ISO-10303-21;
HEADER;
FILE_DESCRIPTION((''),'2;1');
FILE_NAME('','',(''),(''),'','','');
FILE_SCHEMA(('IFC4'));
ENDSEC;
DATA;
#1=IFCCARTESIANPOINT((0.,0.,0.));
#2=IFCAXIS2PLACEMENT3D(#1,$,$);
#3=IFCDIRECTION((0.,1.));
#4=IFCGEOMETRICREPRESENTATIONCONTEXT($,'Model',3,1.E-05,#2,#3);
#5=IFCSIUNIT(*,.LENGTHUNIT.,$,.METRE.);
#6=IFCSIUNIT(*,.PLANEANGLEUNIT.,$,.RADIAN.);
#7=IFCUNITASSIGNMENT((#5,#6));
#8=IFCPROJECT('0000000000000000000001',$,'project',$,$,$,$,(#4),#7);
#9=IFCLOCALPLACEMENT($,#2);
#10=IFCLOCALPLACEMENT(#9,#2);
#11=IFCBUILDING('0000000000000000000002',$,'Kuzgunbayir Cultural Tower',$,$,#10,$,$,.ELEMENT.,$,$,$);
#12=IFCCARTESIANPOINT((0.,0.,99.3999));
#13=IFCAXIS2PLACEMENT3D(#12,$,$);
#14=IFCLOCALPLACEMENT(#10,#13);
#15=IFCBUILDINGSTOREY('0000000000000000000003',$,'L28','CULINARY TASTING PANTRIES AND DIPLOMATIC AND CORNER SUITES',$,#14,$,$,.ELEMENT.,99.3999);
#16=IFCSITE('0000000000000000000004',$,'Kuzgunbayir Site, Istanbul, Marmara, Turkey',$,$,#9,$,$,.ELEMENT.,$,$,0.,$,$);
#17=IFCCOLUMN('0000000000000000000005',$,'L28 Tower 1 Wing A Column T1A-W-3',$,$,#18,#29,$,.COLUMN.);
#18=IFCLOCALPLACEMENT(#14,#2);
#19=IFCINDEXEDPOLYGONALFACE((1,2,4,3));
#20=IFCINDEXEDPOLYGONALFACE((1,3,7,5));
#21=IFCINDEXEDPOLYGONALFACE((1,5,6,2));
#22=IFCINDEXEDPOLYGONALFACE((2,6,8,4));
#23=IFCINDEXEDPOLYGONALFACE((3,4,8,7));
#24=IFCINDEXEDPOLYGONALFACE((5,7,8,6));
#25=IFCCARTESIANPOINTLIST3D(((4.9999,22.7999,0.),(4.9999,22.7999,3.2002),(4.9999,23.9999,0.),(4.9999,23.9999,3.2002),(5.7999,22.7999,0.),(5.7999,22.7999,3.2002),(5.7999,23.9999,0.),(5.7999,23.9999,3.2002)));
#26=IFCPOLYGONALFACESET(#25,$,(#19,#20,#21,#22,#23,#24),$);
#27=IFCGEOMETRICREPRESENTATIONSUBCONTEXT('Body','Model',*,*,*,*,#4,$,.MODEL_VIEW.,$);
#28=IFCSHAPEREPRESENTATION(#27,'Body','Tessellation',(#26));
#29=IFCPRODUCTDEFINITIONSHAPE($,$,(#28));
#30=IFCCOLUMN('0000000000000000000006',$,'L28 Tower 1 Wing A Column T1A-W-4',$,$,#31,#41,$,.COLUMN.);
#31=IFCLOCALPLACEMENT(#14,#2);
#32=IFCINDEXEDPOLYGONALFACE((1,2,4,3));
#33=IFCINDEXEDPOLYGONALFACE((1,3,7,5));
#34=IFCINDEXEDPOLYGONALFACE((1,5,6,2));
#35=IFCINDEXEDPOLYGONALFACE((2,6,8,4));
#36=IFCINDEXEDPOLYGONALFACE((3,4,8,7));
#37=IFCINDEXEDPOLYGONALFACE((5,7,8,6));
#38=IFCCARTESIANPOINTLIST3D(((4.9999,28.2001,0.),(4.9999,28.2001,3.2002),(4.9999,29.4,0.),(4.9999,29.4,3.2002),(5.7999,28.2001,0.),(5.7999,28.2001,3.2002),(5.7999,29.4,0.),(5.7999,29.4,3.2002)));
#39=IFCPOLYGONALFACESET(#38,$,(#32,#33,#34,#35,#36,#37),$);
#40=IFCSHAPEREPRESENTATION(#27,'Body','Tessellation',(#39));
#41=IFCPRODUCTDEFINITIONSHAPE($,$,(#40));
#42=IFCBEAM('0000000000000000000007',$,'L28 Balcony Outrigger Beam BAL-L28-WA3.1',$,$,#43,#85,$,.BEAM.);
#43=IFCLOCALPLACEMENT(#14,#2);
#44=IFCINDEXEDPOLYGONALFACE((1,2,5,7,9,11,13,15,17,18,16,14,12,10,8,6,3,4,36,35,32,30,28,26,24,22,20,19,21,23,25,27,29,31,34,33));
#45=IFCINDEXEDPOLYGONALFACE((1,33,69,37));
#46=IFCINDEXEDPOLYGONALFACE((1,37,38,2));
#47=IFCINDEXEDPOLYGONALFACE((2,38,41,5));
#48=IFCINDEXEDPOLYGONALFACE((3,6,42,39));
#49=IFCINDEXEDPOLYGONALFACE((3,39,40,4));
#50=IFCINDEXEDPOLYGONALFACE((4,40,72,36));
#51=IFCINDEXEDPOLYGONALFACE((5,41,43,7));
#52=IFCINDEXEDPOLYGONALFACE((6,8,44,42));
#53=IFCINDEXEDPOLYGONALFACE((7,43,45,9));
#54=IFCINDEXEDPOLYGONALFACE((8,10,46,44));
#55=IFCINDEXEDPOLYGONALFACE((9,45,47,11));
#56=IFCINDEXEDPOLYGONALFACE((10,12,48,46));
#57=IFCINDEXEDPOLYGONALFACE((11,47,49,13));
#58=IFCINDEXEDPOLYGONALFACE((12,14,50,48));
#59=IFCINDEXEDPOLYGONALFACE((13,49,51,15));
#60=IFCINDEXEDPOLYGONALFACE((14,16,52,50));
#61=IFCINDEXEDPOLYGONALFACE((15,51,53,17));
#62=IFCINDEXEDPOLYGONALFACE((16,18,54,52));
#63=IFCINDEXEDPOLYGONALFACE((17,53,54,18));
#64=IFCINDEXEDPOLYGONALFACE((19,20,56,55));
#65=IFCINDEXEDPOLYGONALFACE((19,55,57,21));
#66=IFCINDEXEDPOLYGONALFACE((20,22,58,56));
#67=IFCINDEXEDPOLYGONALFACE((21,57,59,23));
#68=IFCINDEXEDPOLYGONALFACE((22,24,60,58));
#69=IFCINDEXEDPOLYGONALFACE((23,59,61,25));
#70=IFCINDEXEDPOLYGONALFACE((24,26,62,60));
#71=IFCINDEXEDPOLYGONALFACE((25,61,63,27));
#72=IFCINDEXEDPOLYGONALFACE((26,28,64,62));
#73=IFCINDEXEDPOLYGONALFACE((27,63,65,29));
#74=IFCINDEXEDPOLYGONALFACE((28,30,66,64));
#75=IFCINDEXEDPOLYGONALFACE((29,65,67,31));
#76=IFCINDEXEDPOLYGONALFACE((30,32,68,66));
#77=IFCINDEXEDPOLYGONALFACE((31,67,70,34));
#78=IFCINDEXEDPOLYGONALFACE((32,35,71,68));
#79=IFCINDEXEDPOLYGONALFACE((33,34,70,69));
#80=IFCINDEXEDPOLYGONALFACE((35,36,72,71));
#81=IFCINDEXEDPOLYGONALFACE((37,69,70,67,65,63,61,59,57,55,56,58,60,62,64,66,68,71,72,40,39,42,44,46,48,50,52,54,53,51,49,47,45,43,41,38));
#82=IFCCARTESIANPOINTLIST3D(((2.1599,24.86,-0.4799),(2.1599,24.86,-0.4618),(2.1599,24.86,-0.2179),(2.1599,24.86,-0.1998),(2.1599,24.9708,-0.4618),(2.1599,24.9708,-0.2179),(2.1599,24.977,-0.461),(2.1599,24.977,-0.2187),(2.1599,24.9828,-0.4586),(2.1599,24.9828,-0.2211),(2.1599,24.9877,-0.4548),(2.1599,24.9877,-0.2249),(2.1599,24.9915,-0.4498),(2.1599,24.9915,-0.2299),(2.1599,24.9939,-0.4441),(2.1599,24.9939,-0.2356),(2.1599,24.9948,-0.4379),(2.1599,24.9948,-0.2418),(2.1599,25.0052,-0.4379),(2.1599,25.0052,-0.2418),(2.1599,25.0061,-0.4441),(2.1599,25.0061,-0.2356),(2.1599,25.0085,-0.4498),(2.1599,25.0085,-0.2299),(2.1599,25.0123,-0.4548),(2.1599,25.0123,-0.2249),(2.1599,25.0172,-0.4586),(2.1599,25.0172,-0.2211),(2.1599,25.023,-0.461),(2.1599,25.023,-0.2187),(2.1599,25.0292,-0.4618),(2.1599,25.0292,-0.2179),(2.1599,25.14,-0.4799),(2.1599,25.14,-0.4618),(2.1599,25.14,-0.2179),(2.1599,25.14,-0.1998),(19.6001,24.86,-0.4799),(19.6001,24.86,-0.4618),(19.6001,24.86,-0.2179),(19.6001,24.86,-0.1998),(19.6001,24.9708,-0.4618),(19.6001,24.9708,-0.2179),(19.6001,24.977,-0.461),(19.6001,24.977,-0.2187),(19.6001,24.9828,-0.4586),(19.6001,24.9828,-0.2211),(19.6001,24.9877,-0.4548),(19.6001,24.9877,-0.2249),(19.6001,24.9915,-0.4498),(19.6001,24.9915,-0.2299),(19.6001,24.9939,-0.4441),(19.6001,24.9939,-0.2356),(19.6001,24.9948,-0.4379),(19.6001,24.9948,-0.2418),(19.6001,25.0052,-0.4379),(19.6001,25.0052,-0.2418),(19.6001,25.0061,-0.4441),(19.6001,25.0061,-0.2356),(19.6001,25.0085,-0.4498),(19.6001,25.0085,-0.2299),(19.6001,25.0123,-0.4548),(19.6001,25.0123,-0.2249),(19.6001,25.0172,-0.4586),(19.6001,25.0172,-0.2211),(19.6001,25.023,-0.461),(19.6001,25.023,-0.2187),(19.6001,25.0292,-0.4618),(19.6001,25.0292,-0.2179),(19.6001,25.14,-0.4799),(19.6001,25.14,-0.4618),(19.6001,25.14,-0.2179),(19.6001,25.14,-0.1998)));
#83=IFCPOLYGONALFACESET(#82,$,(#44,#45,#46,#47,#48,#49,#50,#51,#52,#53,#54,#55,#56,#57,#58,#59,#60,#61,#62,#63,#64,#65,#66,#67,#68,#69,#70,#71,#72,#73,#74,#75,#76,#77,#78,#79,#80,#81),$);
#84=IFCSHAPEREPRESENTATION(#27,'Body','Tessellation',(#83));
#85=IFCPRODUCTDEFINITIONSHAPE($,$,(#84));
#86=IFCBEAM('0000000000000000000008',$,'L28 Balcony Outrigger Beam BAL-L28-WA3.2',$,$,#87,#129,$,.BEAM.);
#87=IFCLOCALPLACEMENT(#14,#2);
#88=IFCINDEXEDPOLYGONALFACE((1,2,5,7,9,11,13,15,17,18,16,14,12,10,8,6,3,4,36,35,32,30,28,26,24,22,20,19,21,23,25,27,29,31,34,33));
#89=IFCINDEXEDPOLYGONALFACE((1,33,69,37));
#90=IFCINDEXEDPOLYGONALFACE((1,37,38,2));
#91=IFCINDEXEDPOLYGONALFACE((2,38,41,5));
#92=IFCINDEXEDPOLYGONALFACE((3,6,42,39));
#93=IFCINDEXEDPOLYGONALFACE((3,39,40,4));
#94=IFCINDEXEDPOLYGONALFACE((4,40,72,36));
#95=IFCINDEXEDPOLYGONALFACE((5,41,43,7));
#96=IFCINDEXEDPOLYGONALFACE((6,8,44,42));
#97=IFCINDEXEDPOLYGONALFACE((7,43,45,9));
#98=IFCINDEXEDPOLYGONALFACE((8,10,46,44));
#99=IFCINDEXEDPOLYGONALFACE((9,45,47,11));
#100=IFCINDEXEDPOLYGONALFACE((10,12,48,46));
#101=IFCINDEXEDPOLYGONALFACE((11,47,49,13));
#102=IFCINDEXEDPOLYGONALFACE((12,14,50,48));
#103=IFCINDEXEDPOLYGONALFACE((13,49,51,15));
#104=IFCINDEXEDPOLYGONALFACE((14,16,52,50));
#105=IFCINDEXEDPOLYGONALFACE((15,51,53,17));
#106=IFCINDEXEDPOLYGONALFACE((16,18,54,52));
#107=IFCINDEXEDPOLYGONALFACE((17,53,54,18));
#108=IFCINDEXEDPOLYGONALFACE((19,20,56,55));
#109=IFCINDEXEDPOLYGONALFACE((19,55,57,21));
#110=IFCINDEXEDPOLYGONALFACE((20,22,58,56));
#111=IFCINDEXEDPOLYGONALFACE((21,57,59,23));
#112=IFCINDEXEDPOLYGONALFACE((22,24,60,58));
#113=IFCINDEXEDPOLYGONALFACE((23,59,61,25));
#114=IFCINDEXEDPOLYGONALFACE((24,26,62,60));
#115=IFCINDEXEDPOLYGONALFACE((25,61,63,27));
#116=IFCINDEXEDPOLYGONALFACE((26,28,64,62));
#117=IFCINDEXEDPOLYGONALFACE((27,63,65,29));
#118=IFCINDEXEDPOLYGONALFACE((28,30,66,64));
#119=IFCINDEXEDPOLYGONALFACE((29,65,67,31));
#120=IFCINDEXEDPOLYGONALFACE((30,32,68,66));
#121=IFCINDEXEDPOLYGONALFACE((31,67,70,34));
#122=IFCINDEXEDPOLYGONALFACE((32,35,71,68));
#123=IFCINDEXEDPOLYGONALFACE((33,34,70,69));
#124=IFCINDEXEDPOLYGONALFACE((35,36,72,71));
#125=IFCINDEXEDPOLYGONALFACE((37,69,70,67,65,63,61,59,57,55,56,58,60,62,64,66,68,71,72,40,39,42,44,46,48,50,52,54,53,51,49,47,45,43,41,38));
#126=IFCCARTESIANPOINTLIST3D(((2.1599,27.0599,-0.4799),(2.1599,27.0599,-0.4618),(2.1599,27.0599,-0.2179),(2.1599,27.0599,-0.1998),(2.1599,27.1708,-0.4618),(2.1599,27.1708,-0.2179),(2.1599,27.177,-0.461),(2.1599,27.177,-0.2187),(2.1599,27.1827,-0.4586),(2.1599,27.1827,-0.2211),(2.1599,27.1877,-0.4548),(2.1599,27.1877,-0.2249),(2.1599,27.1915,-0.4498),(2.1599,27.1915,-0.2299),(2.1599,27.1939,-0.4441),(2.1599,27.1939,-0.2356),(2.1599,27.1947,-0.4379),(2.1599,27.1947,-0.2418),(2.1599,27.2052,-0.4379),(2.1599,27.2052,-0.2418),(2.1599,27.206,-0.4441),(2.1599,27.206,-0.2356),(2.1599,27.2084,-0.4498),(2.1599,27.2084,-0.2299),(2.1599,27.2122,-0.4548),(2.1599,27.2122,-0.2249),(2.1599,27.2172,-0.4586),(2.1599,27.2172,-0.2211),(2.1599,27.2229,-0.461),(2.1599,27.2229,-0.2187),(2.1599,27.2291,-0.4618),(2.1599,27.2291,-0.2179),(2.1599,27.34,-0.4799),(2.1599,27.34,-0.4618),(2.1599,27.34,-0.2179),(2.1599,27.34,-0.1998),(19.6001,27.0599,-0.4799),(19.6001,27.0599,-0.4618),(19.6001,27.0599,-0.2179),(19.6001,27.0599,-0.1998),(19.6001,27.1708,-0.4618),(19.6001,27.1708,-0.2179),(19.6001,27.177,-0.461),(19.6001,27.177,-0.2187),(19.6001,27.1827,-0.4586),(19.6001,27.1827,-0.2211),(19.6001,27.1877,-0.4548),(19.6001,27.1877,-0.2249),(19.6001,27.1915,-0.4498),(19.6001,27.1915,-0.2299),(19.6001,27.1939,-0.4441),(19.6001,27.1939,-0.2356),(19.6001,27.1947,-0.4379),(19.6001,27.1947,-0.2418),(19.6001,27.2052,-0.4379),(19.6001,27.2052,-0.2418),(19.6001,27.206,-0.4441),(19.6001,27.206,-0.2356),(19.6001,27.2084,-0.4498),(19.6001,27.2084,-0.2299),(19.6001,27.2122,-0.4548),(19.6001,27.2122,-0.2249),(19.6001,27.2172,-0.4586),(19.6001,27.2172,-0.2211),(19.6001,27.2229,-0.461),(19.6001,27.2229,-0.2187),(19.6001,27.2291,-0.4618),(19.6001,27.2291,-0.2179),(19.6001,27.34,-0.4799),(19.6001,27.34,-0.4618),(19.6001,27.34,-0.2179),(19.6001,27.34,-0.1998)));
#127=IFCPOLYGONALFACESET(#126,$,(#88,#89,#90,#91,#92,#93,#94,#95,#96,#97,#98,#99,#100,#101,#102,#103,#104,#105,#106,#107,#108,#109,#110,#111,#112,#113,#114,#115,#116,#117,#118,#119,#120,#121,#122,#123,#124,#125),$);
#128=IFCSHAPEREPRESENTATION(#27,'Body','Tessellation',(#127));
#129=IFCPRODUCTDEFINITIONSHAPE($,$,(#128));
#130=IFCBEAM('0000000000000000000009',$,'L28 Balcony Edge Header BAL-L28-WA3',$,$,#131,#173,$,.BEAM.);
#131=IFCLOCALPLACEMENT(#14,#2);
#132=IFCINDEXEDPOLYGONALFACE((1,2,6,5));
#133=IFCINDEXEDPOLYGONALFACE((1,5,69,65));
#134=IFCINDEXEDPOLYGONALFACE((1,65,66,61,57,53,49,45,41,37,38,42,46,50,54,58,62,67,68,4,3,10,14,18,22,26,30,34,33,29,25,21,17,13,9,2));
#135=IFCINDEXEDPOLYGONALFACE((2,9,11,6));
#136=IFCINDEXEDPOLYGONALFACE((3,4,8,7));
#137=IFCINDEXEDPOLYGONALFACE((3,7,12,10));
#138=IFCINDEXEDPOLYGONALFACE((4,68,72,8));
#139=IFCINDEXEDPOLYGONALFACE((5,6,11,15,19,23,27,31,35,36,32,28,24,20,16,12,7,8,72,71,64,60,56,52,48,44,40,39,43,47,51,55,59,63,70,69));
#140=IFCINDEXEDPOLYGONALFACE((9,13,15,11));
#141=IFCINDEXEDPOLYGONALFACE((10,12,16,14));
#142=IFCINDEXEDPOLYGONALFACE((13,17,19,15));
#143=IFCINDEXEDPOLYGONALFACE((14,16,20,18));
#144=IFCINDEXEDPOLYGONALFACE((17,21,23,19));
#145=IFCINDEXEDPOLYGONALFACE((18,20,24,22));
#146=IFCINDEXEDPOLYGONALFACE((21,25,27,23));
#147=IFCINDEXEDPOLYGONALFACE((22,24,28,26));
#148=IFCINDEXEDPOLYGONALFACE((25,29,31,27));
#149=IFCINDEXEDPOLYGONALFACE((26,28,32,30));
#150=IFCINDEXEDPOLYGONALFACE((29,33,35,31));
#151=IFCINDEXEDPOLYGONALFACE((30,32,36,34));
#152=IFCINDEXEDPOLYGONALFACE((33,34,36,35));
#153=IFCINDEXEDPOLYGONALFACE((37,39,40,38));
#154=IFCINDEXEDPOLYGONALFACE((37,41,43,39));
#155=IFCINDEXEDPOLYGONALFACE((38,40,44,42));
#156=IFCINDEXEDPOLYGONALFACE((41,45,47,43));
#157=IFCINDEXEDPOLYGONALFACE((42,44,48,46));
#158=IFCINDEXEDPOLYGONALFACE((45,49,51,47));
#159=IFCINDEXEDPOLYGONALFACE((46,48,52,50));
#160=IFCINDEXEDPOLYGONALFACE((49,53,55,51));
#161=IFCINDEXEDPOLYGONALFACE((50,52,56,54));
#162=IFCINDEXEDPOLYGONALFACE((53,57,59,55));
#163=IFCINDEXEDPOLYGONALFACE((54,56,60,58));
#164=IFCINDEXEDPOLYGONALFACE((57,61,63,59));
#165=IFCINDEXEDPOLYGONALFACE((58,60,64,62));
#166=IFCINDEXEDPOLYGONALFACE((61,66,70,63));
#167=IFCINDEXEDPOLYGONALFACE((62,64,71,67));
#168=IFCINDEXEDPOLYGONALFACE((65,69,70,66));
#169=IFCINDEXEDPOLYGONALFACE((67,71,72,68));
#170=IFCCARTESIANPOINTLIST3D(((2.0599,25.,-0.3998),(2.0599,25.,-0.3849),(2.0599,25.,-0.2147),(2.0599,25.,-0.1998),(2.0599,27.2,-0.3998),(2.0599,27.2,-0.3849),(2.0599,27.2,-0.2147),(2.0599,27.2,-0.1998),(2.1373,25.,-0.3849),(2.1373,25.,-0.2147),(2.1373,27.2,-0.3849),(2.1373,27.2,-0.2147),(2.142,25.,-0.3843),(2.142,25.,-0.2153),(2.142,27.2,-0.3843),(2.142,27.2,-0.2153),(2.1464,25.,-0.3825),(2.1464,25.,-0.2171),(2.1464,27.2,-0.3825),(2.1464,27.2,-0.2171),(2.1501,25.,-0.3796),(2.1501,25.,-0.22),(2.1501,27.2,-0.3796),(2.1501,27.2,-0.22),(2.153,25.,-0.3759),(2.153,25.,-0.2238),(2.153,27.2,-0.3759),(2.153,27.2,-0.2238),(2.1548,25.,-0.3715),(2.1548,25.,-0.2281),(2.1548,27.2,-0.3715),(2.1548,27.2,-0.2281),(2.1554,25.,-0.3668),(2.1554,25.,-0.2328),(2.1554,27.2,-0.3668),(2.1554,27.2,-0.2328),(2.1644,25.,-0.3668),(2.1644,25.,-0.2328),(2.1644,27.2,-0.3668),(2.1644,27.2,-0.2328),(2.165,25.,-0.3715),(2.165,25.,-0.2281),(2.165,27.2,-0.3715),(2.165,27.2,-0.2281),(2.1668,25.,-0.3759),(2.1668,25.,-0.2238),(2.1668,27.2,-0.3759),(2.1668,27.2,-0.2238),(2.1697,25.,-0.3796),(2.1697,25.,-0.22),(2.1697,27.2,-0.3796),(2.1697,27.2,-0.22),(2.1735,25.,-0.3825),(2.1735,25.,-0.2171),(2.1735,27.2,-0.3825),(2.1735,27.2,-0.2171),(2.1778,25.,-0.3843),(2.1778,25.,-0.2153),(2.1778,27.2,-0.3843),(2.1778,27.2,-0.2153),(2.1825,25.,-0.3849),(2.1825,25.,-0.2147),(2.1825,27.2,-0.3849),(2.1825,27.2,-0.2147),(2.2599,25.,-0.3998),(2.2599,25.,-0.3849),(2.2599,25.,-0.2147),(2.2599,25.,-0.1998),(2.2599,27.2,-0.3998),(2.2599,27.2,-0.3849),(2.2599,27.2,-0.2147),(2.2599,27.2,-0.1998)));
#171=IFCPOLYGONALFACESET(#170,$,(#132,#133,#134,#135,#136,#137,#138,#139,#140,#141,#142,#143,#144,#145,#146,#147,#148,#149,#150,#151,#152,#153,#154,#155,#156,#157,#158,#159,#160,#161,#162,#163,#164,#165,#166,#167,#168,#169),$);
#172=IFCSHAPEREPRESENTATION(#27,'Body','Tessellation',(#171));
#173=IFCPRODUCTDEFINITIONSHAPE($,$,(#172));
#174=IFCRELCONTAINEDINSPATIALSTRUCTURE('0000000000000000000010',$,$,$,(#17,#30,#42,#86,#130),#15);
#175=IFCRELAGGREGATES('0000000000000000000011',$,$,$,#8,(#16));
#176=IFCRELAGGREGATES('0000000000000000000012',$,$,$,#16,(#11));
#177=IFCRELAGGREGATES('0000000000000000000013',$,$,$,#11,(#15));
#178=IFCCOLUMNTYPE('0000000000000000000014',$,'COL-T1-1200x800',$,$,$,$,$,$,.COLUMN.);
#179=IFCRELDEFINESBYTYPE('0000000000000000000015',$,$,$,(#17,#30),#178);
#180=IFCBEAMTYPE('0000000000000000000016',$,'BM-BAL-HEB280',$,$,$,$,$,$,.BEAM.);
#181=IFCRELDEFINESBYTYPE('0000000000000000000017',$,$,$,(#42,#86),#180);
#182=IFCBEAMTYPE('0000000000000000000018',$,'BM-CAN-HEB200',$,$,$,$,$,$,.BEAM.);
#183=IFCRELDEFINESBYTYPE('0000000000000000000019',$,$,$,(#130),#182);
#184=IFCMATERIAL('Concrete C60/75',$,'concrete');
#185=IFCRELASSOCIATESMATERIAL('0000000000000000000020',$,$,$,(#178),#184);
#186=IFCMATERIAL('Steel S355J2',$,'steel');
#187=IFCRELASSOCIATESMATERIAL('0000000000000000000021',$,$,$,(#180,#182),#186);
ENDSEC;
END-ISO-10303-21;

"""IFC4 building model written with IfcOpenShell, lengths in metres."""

from ifc_helpers import new_model, si_unit, direction, frame, origin, origin_2d, place, context, subcontext, project, spatial, rectangle, i_section, extrude, material, material_profile, profile_set, type_object, element, save


model = new_model("IFC4")

# Units and contexts
model_context = context("Model", 3, precision=1e-05, world=origin(), true_north=direction((0.0, 1.0)))
body_context = subcontext(model_context, "Body", "Model", "MODEL_VIEW")
ifc_project = project(units=[si_unit("LENGTHUNIT", "METRE"), si_unit("PLANEANGLEUNIT", "RADIAN")], contexts=[model_context])

# Site, building, storey
site_placement = place(None, origin())
site = spatial("IfcSite", under=ifc_project, at=site_placement, Name="Kuzgunbayir Site, Istanbul, Marmara, Turkey", CompositionType="ELEMENT", RefElevation=0.0)
building_placement = place(site_placement, origin())
building = spatial("IfcBuilding", under=site, at=building_placement, Name="Kuzgunbayir Cultural Tower", CompositionType="ELEMENT")
storey_placement = place(building_placement, frame((0.0, 0.0, 99.3999)))
storey = spatial("IfcBuildingStorey", under=building, at=storey_placement, Name="L28", Description="CULINARY TASTING PANTRIES AND DIPLOMATIC AND CORNER SUITES", CompositionType="ELEMENT", Elevation=99.3999)

# Columns
ifc_material_1 = material(Name="Concrete C60/75", Category="concrete")
ifc_material_profile_1 = material_profile(ifc_material_1, rectangle(XDim=0.8, YDim=1.2, at=origin_2d()), Name="RC 1200x800")
ifc_profile_set_1 = profile_set([ifc_material_profile_1], Name="Concrete C60/75")
column_type = type_object("IfcColumnType", Name="COL-T1-1200x800", PredefinedType="COLUMN", material=ifc_profile_set_1)
for number, where, z_axis, x_axis, name in (
    (1, (5.3999, 23.3999, 0.0), (0.0, 0.0, 1.0), (1.0, 0.0, 0.0), "L28 Tower 1 Wing A Column T1A-W-3"),
    (2, (5.3999, 28.8, 0.0), (0.0, 0.0, 1.0), (1.0, 0.0, 0.0), "L28 Tower 1 Wing A Column T1A-W-4"),
):
    element("IfcColumn", number, at=place(storey_placement, frame(where, z_axis=z_axis, x_axis=x_axis)), inside=storey, type_object=column_type, Name=name, PredefinedType="COLUMN", context=body_context, shape_type="SweptSolid", body=[
        extrude(rectangle(XDim=0.8, YDim=1.2, at=origin_2d()), origin(), (0.0, 0.0, 1.0), 3.2002),
    ])

# Beams
ifc_material_2 = material(Name="Steel S355J2", Category="steel")
ifc_material_profile_2 = material_profile(ifc_material_2, i_section(OverallWidth=0.28, OverallDepth=0.28, WebThickness=0.0105, FlangeThickness=0.0181, FilletRadius=0.0239, at=origin_2d()), Name="HEB 280")
ifc_profile_set_2 = profile_set([ifc_material_profile_2], Name="Steel S355J2")
beam_type_1 = type_object("IfcBeamType", Name="BM-BAL-HEB280", PredefinedType="BEAM", material=ifc_profile_set_2)
for number, where, z_axis, x_axis, name in (
    (3, (2.1599, 25.0, -0.3398), (1.0, 0.0, 0.0), (0.0, 1.0, 0.0), "L28 Balcony Outrigger Beam BAL-L28-WA3.1"),
    (4, (2.1599, 27.2, -0.3398), (1.0, 0.0, 0.0), (0.0, 1.0, 0.0), "L28 Balcony Outrigger Beam BAL-L28-WA3.2"),
):
    element("IfcBeam", number, at=place(storey_placement, frame(where, z_axis=z_axis, x_axis=x_axis)), inside=storey, type_object=beam_type_1, Name=name, PredefinedType="BEAM", context=body_context, shape_type="SweptSolid", body=[
        extrude(i_section(OverallWidth=0.28, OverallDepth=0.28, WebThickness=0.0105, FlangeThickness=0.0181, FilletRadius=0.0239, at=origin_2d()), origin(), (0.0, 0.0, 1.0), 17.4402),
    ])
ifc_material_profile_3 = material_profile(ifc_material_2, i_section(OverallWidth=0.2, OverallDepth=0.2, WebThickness=0.009, FlangeThickness=0.0149, FilletRadius=0.0181, at=origin_2d()), Name="HEB 200")
ifc_profile_set_3 = profile_set([ifc_material_profile_3], Name="Steel S355J2")
beam_type_2 = type_object("IfcBeamType", Name="BM-CAN-HEB200", PredefinedType="BEAM", material=ifc_profile_set_3)
beam_1_placement = place(storey_placement, frame((2.1599, 25.0, -0.2998), z_axis=(0.0, 1.0, 0.0), x_axis=(-1.0, 0.0, 0.0)))
element("IfcBeam", 5, at=beam_1_placement, inside=storey, type_object=beam_type_2, Name="L28 Balcony Edge Header BAL-L28-WA3", PredefinedType="BEAM", context=body_context, shape_type="SweptSolid", body=[
    extrude(i_section(OverallWidth=0.2, OverallDepth=0.2, WebThickness=0.009, FlangeThickness=0.0149, FilletRadius=0.0181, at=origin_2d()), origin(), (0.0, 0.0, 1.0), 2.2),
])

save(model, "model.ifc")
